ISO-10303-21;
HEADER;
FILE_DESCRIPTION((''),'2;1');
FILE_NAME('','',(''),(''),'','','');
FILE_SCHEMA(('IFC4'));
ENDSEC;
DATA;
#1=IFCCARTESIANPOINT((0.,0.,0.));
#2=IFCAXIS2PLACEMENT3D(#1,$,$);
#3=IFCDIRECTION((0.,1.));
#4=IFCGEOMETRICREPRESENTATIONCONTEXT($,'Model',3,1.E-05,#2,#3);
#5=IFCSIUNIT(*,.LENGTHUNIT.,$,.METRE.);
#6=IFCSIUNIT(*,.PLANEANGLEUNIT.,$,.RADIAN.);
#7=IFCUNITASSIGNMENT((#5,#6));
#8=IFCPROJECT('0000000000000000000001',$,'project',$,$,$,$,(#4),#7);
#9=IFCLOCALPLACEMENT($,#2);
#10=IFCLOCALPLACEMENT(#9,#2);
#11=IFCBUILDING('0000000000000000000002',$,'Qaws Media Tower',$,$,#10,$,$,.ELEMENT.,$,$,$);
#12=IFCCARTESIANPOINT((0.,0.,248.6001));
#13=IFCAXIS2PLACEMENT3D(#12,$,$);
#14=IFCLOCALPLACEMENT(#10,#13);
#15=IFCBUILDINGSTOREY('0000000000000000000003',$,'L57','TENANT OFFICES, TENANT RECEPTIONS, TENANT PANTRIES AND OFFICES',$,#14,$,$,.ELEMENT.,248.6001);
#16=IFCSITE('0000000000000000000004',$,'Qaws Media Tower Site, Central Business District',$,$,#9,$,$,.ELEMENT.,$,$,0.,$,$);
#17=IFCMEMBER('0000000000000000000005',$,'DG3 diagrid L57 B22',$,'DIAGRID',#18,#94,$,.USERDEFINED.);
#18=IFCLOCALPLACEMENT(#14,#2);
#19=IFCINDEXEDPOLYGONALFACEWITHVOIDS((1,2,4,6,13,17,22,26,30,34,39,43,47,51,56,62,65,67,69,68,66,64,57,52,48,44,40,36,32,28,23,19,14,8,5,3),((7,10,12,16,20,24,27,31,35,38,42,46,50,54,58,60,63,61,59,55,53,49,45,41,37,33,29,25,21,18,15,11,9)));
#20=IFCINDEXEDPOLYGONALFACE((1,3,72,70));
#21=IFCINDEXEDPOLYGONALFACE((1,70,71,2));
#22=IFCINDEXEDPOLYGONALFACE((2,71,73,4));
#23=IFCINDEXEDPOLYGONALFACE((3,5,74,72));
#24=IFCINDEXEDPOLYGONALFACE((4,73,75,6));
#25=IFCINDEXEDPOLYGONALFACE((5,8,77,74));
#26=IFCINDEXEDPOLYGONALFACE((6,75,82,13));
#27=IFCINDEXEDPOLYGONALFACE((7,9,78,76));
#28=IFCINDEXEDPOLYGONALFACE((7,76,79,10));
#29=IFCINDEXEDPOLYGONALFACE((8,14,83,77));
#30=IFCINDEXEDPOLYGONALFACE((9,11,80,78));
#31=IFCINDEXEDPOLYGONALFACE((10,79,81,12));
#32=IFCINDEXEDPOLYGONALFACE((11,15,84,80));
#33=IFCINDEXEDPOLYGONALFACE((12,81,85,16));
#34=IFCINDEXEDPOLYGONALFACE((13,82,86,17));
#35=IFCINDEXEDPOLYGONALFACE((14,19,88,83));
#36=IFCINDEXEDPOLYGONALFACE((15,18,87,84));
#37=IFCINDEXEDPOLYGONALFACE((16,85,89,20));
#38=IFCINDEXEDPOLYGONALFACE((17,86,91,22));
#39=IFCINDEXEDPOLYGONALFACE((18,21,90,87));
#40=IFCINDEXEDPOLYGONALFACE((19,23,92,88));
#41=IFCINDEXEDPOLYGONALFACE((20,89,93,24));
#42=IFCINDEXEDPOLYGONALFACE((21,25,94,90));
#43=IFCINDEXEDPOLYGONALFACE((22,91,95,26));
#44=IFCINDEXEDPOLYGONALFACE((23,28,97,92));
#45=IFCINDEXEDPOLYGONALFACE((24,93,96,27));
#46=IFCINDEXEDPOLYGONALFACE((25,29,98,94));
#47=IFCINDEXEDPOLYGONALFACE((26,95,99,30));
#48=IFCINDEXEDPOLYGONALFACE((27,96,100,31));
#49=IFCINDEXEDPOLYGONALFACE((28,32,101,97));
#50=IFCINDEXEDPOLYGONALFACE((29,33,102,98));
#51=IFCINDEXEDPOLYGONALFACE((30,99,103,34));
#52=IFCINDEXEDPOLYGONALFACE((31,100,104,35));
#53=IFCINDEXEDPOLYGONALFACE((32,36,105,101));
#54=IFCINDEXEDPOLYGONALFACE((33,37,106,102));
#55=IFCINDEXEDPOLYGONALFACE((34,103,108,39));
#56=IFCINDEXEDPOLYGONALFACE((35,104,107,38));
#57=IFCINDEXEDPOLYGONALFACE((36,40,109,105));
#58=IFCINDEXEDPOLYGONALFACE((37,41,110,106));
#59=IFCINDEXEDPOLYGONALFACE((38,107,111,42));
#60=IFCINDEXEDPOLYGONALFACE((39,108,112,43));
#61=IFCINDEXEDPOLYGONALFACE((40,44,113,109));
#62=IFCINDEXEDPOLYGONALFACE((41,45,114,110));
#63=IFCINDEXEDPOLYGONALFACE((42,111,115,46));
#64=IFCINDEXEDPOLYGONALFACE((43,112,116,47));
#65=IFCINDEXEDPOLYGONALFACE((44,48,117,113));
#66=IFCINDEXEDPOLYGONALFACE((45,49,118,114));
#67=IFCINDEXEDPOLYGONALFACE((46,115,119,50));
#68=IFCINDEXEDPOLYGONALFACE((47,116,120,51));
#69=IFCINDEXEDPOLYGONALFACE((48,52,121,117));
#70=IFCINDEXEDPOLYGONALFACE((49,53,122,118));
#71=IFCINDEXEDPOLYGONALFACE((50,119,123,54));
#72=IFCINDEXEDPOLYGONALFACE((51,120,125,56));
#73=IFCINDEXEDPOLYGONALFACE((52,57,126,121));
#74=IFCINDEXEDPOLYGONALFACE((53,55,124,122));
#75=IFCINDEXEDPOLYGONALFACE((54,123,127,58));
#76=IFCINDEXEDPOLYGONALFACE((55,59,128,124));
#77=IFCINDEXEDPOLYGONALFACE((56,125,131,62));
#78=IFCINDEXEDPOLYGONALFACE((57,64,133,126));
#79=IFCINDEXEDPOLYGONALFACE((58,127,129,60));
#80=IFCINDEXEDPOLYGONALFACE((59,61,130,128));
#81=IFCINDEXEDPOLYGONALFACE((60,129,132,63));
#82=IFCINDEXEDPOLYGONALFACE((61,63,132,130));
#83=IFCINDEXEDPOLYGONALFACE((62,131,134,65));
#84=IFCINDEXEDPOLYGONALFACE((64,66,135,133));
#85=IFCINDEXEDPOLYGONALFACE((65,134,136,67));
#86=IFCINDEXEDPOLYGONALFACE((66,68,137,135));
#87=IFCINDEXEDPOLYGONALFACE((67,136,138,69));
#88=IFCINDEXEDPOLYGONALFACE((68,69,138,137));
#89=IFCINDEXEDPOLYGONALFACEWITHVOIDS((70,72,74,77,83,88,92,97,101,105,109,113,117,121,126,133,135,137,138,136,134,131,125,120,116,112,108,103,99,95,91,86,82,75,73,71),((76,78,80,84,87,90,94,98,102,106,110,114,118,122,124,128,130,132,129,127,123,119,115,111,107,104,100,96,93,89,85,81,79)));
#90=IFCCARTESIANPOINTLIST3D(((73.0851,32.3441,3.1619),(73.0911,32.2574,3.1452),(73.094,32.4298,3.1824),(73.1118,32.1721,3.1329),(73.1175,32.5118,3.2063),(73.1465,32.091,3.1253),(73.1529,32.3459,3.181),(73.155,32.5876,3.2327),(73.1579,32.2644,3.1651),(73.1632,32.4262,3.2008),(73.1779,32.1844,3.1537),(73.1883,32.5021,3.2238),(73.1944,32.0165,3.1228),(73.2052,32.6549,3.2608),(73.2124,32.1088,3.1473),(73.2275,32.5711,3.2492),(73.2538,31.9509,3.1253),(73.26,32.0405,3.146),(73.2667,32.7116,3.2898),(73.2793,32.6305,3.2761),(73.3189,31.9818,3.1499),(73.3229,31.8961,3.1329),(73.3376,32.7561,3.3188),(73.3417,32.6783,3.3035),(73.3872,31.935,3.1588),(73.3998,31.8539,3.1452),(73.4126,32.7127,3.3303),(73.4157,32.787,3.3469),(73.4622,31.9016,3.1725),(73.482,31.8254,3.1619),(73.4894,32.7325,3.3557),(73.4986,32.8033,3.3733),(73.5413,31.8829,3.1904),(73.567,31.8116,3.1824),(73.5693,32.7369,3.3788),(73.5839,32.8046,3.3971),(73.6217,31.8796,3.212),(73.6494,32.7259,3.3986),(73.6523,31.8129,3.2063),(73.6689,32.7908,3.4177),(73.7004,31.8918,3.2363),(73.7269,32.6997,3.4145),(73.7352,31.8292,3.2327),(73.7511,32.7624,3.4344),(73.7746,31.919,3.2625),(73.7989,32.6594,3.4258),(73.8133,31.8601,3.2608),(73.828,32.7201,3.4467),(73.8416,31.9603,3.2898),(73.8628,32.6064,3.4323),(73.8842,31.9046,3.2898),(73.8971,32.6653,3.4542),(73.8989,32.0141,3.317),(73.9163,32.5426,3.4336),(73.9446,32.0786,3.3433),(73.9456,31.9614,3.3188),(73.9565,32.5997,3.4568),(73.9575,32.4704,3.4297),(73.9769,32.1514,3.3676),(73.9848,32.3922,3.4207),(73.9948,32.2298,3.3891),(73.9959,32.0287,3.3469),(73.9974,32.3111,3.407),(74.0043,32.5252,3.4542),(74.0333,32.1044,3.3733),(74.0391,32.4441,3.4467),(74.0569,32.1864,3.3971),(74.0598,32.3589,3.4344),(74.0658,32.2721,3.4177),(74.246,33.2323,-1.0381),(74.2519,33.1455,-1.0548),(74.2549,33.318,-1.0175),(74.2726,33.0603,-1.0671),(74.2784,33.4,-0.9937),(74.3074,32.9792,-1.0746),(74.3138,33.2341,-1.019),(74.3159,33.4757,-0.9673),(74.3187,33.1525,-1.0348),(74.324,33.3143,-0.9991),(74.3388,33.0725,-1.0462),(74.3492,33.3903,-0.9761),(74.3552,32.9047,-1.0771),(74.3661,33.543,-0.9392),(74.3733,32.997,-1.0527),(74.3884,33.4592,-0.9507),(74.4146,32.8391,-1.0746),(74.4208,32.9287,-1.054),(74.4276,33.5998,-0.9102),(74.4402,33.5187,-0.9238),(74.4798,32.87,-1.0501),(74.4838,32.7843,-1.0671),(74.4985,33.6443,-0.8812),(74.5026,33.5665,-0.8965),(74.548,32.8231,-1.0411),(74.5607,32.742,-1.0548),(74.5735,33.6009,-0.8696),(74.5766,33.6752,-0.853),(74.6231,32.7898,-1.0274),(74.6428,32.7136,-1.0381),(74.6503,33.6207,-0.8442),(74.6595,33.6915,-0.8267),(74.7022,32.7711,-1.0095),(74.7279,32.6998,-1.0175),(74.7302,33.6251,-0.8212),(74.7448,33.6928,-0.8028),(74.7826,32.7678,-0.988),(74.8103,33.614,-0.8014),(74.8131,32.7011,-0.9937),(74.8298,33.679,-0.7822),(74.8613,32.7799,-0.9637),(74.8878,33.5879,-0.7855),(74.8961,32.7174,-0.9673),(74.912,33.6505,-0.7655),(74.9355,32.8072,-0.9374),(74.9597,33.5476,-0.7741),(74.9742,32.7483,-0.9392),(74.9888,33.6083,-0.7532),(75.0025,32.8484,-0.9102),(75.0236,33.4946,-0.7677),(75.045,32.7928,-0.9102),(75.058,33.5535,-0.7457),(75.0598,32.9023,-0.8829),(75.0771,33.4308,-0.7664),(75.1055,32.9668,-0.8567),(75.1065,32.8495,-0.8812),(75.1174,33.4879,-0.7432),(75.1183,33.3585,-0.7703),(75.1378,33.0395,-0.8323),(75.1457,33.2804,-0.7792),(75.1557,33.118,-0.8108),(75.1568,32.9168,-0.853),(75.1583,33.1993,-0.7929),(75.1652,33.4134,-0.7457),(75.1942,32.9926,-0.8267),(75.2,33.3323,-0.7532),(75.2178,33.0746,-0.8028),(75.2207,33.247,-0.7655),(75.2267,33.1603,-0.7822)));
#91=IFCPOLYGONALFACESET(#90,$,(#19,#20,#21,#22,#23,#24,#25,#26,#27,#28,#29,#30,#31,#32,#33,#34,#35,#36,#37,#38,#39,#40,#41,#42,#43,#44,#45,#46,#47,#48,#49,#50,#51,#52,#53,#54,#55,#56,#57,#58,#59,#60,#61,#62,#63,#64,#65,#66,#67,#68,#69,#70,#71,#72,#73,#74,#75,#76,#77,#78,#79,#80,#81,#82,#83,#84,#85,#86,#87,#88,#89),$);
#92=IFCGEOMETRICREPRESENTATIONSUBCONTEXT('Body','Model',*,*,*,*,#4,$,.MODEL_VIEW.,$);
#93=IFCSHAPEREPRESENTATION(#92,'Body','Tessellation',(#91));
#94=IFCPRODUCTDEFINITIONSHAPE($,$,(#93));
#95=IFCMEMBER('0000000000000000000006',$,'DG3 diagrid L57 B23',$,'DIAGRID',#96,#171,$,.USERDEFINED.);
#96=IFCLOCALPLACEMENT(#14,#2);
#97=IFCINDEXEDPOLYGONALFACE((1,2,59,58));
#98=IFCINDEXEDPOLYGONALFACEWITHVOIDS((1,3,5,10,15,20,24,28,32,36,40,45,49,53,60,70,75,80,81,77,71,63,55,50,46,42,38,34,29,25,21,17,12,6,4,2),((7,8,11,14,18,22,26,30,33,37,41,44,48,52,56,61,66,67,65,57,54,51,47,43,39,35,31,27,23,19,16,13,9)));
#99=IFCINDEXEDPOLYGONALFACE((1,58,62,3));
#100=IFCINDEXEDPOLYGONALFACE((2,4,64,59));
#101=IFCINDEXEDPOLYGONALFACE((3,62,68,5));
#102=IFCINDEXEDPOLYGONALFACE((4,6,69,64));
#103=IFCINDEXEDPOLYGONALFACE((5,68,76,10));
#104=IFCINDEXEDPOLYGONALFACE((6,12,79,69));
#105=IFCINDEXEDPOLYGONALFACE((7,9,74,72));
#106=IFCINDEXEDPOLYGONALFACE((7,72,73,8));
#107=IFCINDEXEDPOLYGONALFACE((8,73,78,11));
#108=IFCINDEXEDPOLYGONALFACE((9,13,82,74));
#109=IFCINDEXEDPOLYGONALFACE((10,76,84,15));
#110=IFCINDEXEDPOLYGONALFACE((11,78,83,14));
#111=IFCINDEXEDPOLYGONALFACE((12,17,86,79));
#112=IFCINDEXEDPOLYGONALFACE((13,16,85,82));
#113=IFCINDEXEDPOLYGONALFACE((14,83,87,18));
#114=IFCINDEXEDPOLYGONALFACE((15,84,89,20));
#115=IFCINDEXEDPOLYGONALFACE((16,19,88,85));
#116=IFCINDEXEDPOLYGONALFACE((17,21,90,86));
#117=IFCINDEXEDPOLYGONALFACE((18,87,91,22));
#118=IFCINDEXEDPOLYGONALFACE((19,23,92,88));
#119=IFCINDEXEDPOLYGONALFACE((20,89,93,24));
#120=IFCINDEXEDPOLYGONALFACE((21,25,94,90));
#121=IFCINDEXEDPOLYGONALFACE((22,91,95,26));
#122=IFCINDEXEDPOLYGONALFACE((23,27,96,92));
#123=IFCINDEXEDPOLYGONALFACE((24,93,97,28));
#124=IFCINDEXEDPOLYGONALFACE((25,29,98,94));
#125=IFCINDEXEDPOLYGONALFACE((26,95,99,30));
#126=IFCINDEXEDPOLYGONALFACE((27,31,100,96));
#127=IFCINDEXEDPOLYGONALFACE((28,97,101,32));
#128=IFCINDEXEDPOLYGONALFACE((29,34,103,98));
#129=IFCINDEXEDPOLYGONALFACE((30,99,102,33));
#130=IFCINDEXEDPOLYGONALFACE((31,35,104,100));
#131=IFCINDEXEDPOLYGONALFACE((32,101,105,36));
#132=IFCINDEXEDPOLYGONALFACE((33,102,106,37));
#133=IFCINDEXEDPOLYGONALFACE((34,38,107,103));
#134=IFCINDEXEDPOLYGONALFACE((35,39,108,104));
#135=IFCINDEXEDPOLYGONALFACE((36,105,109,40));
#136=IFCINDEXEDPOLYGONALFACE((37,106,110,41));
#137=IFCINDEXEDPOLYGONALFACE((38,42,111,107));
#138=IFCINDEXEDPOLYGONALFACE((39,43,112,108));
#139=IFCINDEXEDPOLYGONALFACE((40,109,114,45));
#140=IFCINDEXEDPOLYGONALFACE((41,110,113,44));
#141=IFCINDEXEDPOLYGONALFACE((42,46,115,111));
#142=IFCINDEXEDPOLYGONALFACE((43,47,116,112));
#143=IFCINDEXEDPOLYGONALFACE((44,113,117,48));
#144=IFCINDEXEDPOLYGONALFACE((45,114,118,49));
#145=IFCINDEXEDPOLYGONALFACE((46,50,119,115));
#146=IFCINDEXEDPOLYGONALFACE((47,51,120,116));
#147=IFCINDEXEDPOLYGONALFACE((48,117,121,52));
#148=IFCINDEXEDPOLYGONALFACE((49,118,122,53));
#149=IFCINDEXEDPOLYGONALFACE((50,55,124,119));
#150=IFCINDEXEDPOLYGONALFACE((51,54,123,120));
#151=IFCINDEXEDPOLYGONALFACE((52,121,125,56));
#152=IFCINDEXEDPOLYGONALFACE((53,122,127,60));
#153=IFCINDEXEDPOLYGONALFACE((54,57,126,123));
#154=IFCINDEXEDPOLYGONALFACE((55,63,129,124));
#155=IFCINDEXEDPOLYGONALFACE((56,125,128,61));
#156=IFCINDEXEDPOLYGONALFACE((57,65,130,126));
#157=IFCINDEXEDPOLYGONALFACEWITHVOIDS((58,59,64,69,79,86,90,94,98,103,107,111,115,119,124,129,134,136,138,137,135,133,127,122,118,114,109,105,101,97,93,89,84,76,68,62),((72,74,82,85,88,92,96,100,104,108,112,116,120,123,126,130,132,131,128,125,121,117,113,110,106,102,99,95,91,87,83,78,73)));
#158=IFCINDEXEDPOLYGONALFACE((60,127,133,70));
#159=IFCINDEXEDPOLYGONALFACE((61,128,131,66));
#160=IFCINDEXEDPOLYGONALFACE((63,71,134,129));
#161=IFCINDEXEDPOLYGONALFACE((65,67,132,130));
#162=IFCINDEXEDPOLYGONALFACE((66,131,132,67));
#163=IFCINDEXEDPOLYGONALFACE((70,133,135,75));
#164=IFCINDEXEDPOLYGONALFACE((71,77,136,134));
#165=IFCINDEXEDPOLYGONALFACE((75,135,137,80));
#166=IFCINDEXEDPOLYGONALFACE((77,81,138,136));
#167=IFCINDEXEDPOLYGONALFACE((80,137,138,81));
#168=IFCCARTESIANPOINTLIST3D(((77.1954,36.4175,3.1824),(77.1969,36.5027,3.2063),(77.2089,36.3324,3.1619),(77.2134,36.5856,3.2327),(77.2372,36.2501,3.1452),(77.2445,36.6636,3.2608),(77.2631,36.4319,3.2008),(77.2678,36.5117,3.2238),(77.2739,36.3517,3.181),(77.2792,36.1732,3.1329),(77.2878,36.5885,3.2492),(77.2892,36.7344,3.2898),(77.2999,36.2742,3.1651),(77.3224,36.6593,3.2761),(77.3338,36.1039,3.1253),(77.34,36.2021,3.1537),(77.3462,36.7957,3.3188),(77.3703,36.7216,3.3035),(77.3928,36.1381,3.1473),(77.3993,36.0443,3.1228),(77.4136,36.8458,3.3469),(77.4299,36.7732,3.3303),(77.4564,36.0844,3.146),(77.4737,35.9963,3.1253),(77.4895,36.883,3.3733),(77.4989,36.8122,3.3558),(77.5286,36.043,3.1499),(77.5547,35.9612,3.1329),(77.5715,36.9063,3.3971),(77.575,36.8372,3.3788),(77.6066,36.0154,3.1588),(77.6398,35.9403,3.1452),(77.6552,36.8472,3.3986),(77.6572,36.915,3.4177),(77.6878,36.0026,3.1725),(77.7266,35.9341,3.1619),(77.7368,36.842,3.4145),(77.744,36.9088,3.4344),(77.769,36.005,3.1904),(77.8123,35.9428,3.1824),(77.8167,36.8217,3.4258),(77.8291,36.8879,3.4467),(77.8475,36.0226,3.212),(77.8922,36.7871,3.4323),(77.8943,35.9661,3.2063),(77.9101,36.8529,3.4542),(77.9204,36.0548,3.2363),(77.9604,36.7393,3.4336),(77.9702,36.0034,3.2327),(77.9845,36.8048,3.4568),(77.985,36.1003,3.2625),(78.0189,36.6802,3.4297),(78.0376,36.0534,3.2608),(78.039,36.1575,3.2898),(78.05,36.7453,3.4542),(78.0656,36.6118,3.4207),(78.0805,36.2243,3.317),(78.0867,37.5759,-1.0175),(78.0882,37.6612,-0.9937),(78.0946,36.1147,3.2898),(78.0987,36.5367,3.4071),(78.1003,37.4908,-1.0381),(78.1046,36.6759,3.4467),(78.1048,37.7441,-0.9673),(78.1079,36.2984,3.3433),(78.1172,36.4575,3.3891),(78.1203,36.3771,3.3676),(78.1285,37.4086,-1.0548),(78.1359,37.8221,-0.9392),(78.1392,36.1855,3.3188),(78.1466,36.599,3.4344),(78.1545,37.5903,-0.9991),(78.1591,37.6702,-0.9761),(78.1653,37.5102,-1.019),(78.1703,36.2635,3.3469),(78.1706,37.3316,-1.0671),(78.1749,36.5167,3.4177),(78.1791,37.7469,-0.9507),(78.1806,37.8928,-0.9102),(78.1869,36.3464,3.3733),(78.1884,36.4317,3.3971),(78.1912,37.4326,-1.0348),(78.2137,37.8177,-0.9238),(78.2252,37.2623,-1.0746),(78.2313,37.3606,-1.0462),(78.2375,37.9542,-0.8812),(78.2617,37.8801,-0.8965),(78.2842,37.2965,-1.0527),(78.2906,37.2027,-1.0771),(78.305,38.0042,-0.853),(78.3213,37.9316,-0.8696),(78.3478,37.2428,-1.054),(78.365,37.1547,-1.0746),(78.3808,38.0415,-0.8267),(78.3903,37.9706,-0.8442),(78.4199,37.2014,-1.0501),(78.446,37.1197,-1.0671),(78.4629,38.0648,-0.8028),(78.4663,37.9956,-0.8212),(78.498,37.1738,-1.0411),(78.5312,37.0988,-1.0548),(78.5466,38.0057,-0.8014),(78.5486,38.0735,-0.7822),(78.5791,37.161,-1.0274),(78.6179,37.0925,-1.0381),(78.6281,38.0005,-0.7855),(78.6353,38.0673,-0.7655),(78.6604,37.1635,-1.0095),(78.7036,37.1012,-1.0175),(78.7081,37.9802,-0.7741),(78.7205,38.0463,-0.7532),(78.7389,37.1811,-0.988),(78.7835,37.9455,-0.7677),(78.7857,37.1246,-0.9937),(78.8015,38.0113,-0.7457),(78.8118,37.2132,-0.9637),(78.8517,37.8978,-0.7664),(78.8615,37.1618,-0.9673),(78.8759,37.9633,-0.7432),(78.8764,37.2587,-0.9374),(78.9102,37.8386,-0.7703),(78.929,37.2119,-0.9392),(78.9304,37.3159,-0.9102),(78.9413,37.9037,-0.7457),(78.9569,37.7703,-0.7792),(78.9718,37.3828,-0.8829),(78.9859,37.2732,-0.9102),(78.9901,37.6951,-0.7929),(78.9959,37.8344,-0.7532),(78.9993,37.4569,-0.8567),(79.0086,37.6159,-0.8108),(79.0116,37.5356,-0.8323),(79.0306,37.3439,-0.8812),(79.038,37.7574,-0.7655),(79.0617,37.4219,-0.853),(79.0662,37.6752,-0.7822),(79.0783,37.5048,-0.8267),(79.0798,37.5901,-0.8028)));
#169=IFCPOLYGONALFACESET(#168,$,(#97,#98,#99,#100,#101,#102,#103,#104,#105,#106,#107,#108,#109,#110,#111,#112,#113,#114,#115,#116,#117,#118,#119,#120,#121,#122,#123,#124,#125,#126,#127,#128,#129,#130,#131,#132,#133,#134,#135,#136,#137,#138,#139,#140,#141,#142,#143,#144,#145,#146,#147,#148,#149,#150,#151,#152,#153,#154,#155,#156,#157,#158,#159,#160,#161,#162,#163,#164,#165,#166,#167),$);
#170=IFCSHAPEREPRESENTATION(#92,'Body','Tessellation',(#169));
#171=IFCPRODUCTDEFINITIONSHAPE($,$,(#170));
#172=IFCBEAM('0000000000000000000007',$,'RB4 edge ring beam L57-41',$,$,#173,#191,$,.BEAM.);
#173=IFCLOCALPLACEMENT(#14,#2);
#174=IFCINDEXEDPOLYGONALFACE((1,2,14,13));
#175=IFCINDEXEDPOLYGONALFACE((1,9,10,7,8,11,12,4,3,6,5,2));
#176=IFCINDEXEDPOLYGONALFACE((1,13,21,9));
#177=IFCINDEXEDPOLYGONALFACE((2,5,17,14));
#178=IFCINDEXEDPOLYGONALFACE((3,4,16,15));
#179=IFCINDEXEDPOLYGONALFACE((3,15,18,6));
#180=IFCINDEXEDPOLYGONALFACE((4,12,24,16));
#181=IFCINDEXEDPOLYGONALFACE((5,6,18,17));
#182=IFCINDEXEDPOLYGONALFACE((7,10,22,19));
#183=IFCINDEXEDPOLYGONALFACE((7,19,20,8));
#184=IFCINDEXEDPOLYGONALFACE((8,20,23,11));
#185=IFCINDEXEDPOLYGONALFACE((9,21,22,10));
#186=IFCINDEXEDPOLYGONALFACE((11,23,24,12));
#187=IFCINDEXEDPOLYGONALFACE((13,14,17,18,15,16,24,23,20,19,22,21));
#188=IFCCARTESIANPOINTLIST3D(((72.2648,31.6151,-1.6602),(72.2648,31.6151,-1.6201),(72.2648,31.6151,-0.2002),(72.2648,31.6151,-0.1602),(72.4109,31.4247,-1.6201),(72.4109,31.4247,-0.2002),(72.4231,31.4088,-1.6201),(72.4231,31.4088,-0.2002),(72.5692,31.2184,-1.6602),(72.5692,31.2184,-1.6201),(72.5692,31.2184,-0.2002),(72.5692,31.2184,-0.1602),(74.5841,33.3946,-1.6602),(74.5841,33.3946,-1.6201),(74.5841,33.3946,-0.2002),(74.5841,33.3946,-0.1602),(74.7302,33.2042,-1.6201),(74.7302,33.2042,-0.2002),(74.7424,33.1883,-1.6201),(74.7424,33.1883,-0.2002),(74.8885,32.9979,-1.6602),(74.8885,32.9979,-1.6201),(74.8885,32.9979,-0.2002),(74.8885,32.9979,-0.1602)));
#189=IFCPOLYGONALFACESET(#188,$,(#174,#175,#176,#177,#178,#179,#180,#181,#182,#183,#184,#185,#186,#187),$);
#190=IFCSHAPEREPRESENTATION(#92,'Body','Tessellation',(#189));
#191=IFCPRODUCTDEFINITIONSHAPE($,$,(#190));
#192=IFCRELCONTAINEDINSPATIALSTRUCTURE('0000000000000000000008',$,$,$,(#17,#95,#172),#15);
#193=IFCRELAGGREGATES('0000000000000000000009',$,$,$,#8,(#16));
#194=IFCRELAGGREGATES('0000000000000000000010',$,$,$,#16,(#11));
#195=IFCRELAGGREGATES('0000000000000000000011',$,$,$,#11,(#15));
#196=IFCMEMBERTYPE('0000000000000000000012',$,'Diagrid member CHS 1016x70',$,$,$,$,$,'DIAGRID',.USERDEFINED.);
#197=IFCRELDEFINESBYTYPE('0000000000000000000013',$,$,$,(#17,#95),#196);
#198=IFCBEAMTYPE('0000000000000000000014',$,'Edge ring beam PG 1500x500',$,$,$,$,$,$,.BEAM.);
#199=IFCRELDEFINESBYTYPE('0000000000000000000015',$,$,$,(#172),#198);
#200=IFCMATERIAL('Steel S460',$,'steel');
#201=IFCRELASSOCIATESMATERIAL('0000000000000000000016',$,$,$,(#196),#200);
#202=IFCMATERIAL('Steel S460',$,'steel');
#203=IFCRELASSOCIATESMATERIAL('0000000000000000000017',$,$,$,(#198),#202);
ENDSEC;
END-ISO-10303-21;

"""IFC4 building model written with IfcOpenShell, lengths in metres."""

from ifc_helpers import new_model, si_unit, direction, frame, origin, origin_2d, place, context, subcontext, project, spatial, hollow_circle, i_section, extrude, material, material_profile, profile_set, type_object, element, save


model = new_model("IFC4")

# Units and contexts
model_context = context("Model", 3, precision=1e-05, world=origin(), true_north=direction((0.0, 1.0)))
body_context = subcontext(model_context, "Body", "Model", "MODEL_VIEW")
ifc_project = project(units=[si_unit("LENGTHUNIT", "METRE"), si_unit("PLANEANGLEUNIT", "RADIAN")], contexts=[model_context])

# Site, building, storey
site_placement = place(None, origin())
site = spatial("IfcSite", under=ifc_project, at=site_placement, Name="Qaws Media Tower Site, Central Business District", CompositionType="ELEMENT", RefElevation=0.0)
building_placement = place(site_placement, origin())
building = spatial("IfcBuilding", under=site, at=building_placement, Name="Qaws Media Tower", CompositionType="ELEMENT")
storey_placement = place(building_placement, frame((0.0, 0.0, 248.6001)))
storey = spatial("IfcBuildingStorey", under=building, at=storey_placement, Name="L57", Description="TENANT OFFICES, TENANT RECEPTIONS, TENANT PANTRIES AND OFFICES", CompositionType="ELEMENT", Elevation=248.6001)

# Members
ifc_material_1 = material(Name="Steel S460", Category="steel")
ifc_material_profile_1 = material_profile(ifc_material_1, hollow_circle(Radius=0.5081, WallThickness=0.0701, at=origin_2d()), Name="CHS 1016x70")
ifc_profile_set_1 = profile_set([ifc_material_profile_1], Name="Steel S460")
member_type_1 = type_object("IfcMemberType", Name="Diagrid member CHS 1016x70", ElementType="DIAGRID", PredefinedType="USERDEFINED", material=ifc_profile_set_1)
for number, where, z_axis, x_axis, name in (
    (1, (74.7363, 33.1963, -0.9102), (-0.261048, -0.199725, 0.944438), (0.607642, -0.794211, 0.0), "DG3 diagrid L57 B22"),
    (2, (78.5833, 37.583, -0.9102), (-0.200439, -0.260499, 0.944439), (0.792543, -0.609816, 0.0), "DG3 diagrid L57 B23"),
):
    element("IfcMember", number, at=place(storey_placement, frame(where, z_axis=z_axis, x_axis=x_axis)), inside=storey, type_object=member_type_1, Name=name, ObjectType="DIAGRID", PredefinedType="USERDEFINED", context=body_context, shape_type="SweptSolid", body=[
        extrude(hollow_circle(Radius=0.5081, WallThickness=0.0701, at=origin_2d()), origin(), (0.0, 0.0, 1.0), 4.447),
    ])

# Beam
ifc_material_2 = material(Name="Steel S460", Category="steel")
ifc_material_profile_2 = material_profile(ifc_material_2, i_section(OverallWidth=0.5, OverallDepth=1.5, WebThickness=0.02, FlangeThickness=0.04, at=origin_2d()), Name="PG 1500x500")
ifc_profile_set_2 = profile_set([ifc_material_profile_2], Name="Steel S460")
beam_type = type_object("IfcBeamType", Name="Edge ring beam PG 1500x500", PredefinedType="BEAM", material=ifc_profile_set_2)
beam_1_placement = place(storey_placement, frame((72.417, 31.4167, -0.9102), z_axis=(0.793378, 0.60873, 0.0), x_axis=(-0.60873, 0.793378, 0.0)))
element("IfcBeam", 3, at=beam_1_placement, inside=storey, type_object=beam_type, Name="RB4 edge ring beam L57-41", PredefinedType="BEAM", context=body_context, shape_type="SweptSolid", body=[
    extrude(i_section(OverallWidth=0.5, OverallDepth=1.5, WebThickness=0.02, FlangeThickness=0.04, at=origin_2d()), origin(), (0.0, 0.0, 1.0), 2.9233),
])

save(model, "model.ifc")
